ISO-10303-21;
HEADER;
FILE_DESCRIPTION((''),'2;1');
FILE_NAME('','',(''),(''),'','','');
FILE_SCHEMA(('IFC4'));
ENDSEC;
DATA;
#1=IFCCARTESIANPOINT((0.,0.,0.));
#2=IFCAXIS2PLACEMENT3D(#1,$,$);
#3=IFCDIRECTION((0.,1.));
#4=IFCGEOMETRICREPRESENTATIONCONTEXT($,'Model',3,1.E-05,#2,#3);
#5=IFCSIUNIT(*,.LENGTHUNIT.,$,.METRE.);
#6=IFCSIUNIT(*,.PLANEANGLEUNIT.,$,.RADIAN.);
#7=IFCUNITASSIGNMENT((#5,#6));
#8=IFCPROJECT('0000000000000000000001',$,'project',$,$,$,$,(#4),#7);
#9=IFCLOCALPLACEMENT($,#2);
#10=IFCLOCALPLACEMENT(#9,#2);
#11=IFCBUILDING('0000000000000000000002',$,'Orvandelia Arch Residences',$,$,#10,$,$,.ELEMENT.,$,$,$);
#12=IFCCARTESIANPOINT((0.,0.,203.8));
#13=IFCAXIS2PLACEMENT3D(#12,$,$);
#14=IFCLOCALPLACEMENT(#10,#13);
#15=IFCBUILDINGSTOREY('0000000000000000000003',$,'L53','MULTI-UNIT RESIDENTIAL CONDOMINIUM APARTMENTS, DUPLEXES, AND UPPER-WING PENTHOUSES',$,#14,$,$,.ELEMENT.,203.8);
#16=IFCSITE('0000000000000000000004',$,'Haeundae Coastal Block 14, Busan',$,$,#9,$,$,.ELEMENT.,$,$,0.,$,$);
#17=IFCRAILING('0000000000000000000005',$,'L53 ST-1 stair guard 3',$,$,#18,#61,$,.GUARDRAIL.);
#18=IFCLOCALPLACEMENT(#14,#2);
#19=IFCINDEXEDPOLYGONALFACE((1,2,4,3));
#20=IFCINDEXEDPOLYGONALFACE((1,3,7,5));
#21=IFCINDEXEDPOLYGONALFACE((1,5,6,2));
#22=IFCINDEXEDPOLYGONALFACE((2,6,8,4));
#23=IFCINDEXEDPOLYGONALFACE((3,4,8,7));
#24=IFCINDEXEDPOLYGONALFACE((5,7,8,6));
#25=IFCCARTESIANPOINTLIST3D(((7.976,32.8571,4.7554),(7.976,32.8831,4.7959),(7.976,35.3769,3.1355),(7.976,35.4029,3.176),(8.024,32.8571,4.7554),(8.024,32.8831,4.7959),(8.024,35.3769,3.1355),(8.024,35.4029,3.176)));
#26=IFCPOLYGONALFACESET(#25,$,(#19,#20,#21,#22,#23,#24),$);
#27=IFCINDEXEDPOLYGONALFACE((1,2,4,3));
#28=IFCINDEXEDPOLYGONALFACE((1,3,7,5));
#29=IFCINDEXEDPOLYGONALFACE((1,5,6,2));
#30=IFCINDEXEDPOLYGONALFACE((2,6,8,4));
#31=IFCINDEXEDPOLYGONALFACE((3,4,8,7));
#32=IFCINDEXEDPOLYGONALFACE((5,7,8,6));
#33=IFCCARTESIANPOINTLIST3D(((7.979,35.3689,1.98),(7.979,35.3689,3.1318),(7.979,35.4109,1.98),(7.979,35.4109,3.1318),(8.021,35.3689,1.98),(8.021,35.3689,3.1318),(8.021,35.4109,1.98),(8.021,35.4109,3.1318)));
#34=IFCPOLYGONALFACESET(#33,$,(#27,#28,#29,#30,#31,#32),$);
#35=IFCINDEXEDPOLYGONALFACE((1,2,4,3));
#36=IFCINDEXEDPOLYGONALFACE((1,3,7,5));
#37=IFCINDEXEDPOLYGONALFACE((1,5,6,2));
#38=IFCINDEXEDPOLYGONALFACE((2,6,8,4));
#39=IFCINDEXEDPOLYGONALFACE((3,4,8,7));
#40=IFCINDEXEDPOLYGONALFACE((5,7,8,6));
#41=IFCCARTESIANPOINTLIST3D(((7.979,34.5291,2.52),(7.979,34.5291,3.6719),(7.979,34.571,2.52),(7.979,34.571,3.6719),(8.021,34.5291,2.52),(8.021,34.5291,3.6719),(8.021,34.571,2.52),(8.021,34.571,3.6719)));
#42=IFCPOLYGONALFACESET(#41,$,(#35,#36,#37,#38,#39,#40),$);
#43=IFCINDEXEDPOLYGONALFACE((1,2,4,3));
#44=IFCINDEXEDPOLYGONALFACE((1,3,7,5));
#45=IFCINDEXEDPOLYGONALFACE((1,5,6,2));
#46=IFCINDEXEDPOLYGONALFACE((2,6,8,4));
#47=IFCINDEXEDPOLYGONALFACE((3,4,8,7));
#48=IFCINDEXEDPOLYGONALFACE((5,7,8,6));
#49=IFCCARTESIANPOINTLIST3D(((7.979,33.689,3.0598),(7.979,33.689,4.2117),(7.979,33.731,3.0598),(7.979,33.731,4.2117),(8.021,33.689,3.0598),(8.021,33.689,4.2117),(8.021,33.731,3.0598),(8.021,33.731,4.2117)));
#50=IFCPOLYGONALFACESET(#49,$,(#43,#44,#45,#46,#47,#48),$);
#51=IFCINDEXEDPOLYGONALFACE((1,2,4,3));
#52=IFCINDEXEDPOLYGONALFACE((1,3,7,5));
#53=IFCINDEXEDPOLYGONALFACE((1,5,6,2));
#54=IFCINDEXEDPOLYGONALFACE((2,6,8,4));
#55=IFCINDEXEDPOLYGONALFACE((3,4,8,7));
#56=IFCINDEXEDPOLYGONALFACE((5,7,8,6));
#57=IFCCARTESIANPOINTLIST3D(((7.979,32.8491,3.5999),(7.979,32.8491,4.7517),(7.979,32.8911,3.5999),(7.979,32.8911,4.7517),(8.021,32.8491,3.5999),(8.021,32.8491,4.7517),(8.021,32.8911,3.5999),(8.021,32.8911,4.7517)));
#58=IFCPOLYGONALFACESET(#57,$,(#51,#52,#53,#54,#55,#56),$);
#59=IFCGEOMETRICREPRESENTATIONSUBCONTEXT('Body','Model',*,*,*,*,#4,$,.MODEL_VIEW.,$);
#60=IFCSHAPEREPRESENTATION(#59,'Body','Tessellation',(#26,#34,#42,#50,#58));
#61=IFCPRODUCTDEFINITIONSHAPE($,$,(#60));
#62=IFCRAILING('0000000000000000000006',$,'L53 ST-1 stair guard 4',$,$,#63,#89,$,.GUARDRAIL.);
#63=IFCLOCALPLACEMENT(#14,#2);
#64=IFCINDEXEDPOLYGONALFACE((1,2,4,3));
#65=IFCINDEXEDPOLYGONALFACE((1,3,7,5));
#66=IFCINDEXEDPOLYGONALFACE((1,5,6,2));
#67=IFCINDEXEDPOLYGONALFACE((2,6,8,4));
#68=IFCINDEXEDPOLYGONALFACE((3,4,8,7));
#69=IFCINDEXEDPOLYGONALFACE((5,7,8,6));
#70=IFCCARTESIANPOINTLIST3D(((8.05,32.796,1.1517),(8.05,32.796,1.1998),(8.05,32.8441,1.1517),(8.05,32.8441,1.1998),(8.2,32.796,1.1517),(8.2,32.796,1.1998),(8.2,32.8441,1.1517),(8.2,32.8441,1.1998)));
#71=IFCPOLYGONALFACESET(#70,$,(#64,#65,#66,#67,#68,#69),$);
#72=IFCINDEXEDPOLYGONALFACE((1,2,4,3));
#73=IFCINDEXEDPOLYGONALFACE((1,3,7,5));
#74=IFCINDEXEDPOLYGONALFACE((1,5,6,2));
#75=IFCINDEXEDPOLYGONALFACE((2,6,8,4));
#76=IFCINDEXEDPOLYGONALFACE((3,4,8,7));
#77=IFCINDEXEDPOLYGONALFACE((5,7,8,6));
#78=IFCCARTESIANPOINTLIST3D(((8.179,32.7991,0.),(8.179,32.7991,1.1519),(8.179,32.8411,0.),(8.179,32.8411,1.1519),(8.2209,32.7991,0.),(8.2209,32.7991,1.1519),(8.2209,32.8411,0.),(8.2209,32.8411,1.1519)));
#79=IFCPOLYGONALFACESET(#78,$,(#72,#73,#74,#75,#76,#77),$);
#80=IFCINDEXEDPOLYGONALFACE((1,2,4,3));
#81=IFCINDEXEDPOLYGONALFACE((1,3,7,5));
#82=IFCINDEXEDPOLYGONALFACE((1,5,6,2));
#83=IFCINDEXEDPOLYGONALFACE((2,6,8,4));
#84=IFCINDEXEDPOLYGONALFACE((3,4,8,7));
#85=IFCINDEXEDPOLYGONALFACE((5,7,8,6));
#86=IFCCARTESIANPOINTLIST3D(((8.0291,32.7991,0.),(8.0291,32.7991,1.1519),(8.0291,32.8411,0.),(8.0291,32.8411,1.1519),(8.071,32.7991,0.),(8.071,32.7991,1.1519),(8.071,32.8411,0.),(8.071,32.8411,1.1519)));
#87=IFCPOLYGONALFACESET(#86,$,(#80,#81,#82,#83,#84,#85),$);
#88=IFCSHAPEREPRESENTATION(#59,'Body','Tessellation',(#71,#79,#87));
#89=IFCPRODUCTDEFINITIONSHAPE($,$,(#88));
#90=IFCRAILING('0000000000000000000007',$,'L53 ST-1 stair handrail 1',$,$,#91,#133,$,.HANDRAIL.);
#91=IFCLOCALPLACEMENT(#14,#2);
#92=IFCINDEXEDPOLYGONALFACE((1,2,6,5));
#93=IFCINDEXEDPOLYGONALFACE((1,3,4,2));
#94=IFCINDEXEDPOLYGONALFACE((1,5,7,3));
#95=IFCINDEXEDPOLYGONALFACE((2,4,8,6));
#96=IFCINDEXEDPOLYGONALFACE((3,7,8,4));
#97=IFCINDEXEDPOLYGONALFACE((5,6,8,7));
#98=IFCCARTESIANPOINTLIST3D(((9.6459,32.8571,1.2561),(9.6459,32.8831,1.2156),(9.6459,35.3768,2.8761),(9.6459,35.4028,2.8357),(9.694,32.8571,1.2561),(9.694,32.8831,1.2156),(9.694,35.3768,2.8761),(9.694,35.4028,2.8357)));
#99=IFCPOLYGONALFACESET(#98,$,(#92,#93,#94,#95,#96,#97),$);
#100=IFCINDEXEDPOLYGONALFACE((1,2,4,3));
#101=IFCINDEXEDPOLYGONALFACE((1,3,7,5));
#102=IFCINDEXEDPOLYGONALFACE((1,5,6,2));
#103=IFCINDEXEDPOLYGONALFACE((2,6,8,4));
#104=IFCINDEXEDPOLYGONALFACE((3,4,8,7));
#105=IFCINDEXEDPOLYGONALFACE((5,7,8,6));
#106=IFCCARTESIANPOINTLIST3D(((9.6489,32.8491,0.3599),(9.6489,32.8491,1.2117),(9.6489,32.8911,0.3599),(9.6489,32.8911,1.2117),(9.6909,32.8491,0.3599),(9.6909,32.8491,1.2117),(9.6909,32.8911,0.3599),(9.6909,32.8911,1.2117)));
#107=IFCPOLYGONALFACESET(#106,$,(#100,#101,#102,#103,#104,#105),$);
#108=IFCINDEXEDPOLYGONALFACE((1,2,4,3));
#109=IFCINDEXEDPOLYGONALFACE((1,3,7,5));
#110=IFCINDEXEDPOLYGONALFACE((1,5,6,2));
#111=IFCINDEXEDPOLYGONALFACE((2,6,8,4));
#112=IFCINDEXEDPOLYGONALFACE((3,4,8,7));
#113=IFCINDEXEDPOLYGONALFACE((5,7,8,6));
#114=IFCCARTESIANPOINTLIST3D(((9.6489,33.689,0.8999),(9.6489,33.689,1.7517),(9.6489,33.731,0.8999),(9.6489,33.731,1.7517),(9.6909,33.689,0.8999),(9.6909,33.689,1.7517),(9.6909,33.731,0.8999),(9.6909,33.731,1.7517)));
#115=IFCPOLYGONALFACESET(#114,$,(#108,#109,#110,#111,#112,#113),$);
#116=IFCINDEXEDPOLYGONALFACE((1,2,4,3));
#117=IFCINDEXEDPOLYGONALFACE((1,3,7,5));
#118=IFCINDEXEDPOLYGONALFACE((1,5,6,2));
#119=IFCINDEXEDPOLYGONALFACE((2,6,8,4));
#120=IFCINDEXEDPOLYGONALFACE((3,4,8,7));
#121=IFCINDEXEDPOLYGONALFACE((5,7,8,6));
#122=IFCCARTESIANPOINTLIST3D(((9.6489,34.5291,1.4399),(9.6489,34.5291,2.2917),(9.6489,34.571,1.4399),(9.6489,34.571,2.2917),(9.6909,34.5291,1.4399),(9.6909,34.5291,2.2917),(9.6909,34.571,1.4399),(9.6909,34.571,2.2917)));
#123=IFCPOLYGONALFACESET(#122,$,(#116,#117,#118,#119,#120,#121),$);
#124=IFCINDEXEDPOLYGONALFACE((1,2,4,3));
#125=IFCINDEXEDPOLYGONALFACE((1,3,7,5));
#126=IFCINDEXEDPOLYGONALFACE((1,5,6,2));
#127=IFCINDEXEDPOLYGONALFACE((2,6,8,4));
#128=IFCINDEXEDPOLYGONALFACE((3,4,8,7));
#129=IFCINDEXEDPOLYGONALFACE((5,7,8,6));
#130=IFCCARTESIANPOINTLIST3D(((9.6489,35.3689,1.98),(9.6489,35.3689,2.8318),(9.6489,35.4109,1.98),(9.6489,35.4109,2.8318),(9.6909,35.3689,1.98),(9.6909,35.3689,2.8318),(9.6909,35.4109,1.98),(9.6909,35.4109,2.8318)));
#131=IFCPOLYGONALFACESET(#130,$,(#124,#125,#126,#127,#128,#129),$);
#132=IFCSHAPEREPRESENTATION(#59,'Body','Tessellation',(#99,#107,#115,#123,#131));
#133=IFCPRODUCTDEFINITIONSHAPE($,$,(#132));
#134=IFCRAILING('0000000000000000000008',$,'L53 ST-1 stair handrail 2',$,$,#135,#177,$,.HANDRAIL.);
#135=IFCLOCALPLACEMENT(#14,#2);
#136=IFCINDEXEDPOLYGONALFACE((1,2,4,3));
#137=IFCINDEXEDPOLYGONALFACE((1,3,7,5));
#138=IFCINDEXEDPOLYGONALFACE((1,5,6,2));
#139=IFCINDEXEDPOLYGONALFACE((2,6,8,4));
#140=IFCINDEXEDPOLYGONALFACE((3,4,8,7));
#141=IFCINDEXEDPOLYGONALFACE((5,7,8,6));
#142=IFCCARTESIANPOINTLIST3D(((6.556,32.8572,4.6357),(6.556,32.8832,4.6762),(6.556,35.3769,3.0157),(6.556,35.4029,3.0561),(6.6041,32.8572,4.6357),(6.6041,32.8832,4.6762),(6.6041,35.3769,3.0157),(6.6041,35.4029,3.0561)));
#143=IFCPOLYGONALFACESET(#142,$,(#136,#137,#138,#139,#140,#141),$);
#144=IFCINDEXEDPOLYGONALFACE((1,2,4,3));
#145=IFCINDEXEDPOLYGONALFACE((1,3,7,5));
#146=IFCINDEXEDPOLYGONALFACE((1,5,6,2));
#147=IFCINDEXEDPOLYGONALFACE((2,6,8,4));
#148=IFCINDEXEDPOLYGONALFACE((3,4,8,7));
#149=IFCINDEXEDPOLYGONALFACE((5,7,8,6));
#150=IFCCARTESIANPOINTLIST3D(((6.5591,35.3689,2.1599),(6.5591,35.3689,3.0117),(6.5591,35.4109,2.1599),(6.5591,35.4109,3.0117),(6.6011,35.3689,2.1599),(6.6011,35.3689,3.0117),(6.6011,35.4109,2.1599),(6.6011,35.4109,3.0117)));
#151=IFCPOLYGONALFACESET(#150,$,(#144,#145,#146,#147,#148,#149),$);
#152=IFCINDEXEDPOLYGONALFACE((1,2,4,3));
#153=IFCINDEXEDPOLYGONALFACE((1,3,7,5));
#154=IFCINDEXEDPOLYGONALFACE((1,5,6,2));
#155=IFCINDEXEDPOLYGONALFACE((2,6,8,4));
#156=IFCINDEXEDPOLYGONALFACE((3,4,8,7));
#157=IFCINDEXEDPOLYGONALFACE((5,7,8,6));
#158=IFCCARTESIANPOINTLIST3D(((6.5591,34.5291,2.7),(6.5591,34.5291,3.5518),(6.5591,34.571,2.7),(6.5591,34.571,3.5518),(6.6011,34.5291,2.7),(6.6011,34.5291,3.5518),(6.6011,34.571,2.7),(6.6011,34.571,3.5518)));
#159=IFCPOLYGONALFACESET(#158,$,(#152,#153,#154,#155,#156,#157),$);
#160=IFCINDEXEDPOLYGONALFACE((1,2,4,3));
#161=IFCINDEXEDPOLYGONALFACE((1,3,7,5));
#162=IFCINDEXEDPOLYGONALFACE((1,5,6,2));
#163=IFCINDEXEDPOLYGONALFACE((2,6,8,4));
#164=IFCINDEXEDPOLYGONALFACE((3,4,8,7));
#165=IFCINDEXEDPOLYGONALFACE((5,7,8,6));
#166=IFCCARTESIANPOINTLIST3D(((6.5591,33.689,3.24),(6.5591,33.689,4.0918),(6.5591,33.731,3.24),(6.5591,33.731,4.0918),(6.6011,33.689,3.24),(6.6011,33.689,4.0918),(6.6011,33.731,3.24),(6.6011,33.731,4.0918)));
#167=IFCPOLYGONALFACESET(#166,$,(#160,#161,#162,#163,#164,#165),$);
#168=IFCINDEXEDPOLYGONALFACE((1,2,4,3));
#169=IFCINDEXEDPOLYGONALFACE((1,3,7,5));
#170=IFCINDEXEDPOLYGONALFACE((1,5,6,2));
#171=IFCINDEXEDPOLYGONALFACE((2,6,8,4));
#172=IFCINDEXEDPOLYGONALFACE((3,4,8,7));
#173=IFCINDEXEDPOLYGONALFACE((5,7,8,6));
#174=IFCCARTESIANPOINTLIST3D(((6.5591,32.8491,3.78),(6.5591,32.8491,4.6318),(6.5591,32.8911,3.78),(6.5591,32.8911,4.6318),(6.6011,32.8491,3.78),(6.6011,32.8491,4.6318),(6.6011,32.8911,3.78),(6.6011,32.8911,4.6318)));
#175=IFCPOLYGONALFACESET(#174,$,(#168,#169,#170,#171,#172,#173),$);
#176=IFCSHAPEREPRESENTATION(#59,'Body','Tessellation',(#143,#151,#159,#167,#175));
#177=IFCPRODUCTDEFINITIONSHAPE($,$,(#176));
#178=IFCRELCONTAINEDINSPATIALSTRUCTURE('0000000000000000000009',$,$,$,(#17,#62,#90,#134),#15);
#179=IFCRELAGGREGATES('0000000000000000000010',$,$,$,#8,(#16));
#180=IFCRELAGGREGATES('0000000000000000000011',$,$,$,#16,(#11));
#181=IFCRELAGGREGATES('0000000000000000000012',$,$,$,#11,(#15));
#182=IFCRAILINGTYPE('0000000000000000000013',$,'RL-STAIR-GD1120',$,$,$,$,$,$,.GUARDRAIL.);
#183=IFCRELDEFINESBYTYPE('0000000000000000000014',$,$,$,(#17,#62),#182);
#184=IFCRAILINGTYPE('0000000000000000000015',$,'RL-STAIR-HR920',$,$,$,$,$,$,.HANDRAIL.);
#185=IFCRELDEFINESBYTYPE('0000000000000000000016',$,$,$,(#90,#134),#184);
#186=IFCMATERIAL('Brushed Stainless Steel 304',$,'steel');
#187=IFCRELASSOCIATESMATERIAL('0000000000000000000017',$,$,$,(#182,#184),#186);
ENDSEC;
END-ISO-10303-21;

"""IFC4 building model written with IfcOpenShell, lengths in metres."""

from ifc_helpers import new_model, si_unit, direction, frame, origin, origin_2d, place, context, subcontext, project, spatial, rectangle, extrude, material, type_object, element, save


model = new_model("IFC4")

# Units and contexts
model_context = context("Model", 3, precision=1e-05, world=origin(), true_north=direction((0.0, 1.0)))
body_context = subcontext(model_context, "Body", "Model", "MODEL_VIEW")
ifc_project = project(units=[si_unit("LENGTHUNIT", "METRE"), si_unit("PLANEANGLEUNIT", "RADIAN")], contexts=[model_context])

# Site, building, storey
site_placement = place(None, origin())
site = spatial("IfcSite", under=ifc_project, at=site_placement, Name="Haeundae Coastal Block 14, Busan", CompositionType="ELEMENT", RefElevation=0.0)
building_placement = place(site_placement, origin())
building = spatial("IfcBuilding", under=site, at=building_placement, Name="Orvandelia Arch Residences", CompositionType="ELEMENT")
storey_placement = place(building_placement, frame((0.0, 0.0, 203.8)))
storey = spatial("IfcBuildingStorey", under=building, at=storey_placement, Name="L53", Description="MULTI-UNIT RESIDENTIAL CONDOMINIUM APARTMENTS, DUPLEXES, AND UPPER-WING PENTHOUSES", CompositionType="ELEMENT", Elevation=203.8)

# Railings
ifc_material_1 = material(Name="Brushed Stainless Steel 304", Category="steel")
railing_type_1 = type_object("IfcRailingType", Name="RL-STAIR-GD1120", PredefinedType="GUARDRAIL", material=ifc_material_1)
railing_1_placement = place(storey_placement, frame((8.0, 35.3899, 1.98)))
element("IfcRailing", 1, at=railing_1_placement, inside=storey, type_object=railing_type_1, Name="L53 ST-1 stair guard 3", PredefinedType="GUARDRAIL", context=body_context, shape_type="SweptSolid", body=[
    extrude(rectangle(XDim=0.0481, YDim=0.0481, at=origin_2d()), frame((0.0, 0.0, 1.1758), z_axis=(0.0, -0.841176, 0.540762), x_axis=(1.0, 0.0, 0.0)), (0.0, 0.0, 1.0), 2.9956),
    extrude(rectangle(XDim=0.042, YDim=0.042, at=origin_2d()), origin(), (0.0, 0.0, 1.0), 1.1519),
    extrude(rectangle(XDim=0.042, YDim=0.042, at=origin_2d()), frame((0.0, -0.8398, 0.54)), (0.0, 0.0, 1.0), 1.1519),
    extrude(rectangle(XDim=0.042, YDim=0.042, at=origin_2d()), frame((0.0, -1.6799, 1.0798)), (0.0, 0.0, 1.0), 1.1519),
    extrude(rectangle(XDim=0.042, YDim=0.042, at=origin_2d()), frame((0.0, -2.5198, 1.6199)), (0.0, 0.0, 1.0), 1.1519),
])
railing_2_placement = place(storey_placement, frame((8.2, 32.8201, 0.0)))
element("IfcRailing", 2, at=railing_2_placement, inside=storey, type_object=railing_type_1, Name="L53 ST-1 stair guard 4", PredefinedType="GUARDRAIL", context=body_context, shape_type="SweptSolid", body=[
    extrude(rectangle(XDim=0.0481, YDim=0.0481, at=origin_2d()), frame((0.0, 0.0, 1.1758), z_axis=(-1.0, 0.0, 0.0), x_axis=(0.0, -1.0, 0.0)), (0.0, 0.0, 1.0), 0.1499),
    extrude(rectangle(XDim=0.042, YDim=0.042, at=origin_2d()), origin(), (0.0, 0.0, 1.0), 1.1519),
    extrude(rectangle(XDim=0.042, YDim=0.042, at=origin_2d()), frame((-0.1499, 0.0, 0.0)), (0.0, 0.0, 1.0), 1.1519),
])
railing_type_2 = type_object("IfcRailingType", Name="RL-STAIR-HR920", PredefinedType="HANDRAIL", material=ifc_material_1)
railing_3_placement = place(storey_placement, frame((9.6699, 32.8701, 0.3599)))
element("IfcRailing", 3, at=railing_3_placement, inside=storey, type_object=railing_type_2, Name="L53 ST-1 stair handrail 1", PredefinedType="HANDRAIL", context=body_context, shape_type="SweptSolid", body=[
    extrude(rectangle(XDim=0.0481, YDim=0.0481, at=origin_2d()), frame((0.0, 0.0, 0.876), z_axis=(0.0, 0.841139, 0.540819), x_axis=(-1.0, 0.0, 0.0)), (0.0, 0.0, 1.0), 2.9956),
    extrude(rectangle(XDim=0.042, YDim=0.042, at=origin_2d()), origin(), (0.0, 0.0, 1.0), 0.8518),
    extrude(rectangle(XDim=0.042, YDim=0.042, at=origin_2d()), frame((0.0, 0.8398, 0.54)), (0.0, 0.0, 1.0), 0.8518),
    extrude(rectangle(XDim=0.042, YDim=0.042, at=origin_2d()), frame((0.0, 1.6799, 1.0801)), (0.0, 0.0, 1.0), 0.8518),
    extrude(rectangle(XDim=0.042, YDim=0.042, at=origin_2d()), frame((0.0, 2.5198, 1.6201)), (0.0, 0.0, 1.0), 0.8518),
])
railing_4_placement = place(storey_placement, frame((6.5801, 35.3899, 2.1599)))
element("IfcRailing", 4, at=railing_4_placement, inside=storey, type_object=railing_type_2, Name="L53 ST-1 stair handrail 2", PredefinedType="HANDRAIL", context=body_context, shape_type="SweptSolid", body=[
    extrude(rectangle(XDim=0.0481, YDim=0.0481, at=origin_2d()), frame((0.0, 0.0, 0.876), z_axis=(0.0, -0.841139, 0.540819), x_axis=(1.0, 0.0, 0.0)), (0.0, 0.0, 1.0), 2.9956),
    extrude(rectangle(XDim=0.042, YDim=0.042, at=origin_2d()), origin(), (0.0, 0.0, 1.0), 0.8518),
    extrude(rectangle(XDim=0.042, YDim=0.042, at=origin_2d()), frame((0.0, -0.8398, 0.54)), (0.0, 0.0, 1.0), 0.8518),
    extrude(rectangle(XDim=0.042, YDim=0.042, at=origin_2d()), frame((0.0, -1.6799, 1.0801)), (0.0, 0.0, 1.0), 0.8518),
    extrude(rectangle(XDim=0.042, YDim=0.042, at=origin_2d()), frame((0.0, -2.5198, 1.6201)), (0.0, 0.0, 1.0), 0.8518),
])

save(model, "model.ifc")
